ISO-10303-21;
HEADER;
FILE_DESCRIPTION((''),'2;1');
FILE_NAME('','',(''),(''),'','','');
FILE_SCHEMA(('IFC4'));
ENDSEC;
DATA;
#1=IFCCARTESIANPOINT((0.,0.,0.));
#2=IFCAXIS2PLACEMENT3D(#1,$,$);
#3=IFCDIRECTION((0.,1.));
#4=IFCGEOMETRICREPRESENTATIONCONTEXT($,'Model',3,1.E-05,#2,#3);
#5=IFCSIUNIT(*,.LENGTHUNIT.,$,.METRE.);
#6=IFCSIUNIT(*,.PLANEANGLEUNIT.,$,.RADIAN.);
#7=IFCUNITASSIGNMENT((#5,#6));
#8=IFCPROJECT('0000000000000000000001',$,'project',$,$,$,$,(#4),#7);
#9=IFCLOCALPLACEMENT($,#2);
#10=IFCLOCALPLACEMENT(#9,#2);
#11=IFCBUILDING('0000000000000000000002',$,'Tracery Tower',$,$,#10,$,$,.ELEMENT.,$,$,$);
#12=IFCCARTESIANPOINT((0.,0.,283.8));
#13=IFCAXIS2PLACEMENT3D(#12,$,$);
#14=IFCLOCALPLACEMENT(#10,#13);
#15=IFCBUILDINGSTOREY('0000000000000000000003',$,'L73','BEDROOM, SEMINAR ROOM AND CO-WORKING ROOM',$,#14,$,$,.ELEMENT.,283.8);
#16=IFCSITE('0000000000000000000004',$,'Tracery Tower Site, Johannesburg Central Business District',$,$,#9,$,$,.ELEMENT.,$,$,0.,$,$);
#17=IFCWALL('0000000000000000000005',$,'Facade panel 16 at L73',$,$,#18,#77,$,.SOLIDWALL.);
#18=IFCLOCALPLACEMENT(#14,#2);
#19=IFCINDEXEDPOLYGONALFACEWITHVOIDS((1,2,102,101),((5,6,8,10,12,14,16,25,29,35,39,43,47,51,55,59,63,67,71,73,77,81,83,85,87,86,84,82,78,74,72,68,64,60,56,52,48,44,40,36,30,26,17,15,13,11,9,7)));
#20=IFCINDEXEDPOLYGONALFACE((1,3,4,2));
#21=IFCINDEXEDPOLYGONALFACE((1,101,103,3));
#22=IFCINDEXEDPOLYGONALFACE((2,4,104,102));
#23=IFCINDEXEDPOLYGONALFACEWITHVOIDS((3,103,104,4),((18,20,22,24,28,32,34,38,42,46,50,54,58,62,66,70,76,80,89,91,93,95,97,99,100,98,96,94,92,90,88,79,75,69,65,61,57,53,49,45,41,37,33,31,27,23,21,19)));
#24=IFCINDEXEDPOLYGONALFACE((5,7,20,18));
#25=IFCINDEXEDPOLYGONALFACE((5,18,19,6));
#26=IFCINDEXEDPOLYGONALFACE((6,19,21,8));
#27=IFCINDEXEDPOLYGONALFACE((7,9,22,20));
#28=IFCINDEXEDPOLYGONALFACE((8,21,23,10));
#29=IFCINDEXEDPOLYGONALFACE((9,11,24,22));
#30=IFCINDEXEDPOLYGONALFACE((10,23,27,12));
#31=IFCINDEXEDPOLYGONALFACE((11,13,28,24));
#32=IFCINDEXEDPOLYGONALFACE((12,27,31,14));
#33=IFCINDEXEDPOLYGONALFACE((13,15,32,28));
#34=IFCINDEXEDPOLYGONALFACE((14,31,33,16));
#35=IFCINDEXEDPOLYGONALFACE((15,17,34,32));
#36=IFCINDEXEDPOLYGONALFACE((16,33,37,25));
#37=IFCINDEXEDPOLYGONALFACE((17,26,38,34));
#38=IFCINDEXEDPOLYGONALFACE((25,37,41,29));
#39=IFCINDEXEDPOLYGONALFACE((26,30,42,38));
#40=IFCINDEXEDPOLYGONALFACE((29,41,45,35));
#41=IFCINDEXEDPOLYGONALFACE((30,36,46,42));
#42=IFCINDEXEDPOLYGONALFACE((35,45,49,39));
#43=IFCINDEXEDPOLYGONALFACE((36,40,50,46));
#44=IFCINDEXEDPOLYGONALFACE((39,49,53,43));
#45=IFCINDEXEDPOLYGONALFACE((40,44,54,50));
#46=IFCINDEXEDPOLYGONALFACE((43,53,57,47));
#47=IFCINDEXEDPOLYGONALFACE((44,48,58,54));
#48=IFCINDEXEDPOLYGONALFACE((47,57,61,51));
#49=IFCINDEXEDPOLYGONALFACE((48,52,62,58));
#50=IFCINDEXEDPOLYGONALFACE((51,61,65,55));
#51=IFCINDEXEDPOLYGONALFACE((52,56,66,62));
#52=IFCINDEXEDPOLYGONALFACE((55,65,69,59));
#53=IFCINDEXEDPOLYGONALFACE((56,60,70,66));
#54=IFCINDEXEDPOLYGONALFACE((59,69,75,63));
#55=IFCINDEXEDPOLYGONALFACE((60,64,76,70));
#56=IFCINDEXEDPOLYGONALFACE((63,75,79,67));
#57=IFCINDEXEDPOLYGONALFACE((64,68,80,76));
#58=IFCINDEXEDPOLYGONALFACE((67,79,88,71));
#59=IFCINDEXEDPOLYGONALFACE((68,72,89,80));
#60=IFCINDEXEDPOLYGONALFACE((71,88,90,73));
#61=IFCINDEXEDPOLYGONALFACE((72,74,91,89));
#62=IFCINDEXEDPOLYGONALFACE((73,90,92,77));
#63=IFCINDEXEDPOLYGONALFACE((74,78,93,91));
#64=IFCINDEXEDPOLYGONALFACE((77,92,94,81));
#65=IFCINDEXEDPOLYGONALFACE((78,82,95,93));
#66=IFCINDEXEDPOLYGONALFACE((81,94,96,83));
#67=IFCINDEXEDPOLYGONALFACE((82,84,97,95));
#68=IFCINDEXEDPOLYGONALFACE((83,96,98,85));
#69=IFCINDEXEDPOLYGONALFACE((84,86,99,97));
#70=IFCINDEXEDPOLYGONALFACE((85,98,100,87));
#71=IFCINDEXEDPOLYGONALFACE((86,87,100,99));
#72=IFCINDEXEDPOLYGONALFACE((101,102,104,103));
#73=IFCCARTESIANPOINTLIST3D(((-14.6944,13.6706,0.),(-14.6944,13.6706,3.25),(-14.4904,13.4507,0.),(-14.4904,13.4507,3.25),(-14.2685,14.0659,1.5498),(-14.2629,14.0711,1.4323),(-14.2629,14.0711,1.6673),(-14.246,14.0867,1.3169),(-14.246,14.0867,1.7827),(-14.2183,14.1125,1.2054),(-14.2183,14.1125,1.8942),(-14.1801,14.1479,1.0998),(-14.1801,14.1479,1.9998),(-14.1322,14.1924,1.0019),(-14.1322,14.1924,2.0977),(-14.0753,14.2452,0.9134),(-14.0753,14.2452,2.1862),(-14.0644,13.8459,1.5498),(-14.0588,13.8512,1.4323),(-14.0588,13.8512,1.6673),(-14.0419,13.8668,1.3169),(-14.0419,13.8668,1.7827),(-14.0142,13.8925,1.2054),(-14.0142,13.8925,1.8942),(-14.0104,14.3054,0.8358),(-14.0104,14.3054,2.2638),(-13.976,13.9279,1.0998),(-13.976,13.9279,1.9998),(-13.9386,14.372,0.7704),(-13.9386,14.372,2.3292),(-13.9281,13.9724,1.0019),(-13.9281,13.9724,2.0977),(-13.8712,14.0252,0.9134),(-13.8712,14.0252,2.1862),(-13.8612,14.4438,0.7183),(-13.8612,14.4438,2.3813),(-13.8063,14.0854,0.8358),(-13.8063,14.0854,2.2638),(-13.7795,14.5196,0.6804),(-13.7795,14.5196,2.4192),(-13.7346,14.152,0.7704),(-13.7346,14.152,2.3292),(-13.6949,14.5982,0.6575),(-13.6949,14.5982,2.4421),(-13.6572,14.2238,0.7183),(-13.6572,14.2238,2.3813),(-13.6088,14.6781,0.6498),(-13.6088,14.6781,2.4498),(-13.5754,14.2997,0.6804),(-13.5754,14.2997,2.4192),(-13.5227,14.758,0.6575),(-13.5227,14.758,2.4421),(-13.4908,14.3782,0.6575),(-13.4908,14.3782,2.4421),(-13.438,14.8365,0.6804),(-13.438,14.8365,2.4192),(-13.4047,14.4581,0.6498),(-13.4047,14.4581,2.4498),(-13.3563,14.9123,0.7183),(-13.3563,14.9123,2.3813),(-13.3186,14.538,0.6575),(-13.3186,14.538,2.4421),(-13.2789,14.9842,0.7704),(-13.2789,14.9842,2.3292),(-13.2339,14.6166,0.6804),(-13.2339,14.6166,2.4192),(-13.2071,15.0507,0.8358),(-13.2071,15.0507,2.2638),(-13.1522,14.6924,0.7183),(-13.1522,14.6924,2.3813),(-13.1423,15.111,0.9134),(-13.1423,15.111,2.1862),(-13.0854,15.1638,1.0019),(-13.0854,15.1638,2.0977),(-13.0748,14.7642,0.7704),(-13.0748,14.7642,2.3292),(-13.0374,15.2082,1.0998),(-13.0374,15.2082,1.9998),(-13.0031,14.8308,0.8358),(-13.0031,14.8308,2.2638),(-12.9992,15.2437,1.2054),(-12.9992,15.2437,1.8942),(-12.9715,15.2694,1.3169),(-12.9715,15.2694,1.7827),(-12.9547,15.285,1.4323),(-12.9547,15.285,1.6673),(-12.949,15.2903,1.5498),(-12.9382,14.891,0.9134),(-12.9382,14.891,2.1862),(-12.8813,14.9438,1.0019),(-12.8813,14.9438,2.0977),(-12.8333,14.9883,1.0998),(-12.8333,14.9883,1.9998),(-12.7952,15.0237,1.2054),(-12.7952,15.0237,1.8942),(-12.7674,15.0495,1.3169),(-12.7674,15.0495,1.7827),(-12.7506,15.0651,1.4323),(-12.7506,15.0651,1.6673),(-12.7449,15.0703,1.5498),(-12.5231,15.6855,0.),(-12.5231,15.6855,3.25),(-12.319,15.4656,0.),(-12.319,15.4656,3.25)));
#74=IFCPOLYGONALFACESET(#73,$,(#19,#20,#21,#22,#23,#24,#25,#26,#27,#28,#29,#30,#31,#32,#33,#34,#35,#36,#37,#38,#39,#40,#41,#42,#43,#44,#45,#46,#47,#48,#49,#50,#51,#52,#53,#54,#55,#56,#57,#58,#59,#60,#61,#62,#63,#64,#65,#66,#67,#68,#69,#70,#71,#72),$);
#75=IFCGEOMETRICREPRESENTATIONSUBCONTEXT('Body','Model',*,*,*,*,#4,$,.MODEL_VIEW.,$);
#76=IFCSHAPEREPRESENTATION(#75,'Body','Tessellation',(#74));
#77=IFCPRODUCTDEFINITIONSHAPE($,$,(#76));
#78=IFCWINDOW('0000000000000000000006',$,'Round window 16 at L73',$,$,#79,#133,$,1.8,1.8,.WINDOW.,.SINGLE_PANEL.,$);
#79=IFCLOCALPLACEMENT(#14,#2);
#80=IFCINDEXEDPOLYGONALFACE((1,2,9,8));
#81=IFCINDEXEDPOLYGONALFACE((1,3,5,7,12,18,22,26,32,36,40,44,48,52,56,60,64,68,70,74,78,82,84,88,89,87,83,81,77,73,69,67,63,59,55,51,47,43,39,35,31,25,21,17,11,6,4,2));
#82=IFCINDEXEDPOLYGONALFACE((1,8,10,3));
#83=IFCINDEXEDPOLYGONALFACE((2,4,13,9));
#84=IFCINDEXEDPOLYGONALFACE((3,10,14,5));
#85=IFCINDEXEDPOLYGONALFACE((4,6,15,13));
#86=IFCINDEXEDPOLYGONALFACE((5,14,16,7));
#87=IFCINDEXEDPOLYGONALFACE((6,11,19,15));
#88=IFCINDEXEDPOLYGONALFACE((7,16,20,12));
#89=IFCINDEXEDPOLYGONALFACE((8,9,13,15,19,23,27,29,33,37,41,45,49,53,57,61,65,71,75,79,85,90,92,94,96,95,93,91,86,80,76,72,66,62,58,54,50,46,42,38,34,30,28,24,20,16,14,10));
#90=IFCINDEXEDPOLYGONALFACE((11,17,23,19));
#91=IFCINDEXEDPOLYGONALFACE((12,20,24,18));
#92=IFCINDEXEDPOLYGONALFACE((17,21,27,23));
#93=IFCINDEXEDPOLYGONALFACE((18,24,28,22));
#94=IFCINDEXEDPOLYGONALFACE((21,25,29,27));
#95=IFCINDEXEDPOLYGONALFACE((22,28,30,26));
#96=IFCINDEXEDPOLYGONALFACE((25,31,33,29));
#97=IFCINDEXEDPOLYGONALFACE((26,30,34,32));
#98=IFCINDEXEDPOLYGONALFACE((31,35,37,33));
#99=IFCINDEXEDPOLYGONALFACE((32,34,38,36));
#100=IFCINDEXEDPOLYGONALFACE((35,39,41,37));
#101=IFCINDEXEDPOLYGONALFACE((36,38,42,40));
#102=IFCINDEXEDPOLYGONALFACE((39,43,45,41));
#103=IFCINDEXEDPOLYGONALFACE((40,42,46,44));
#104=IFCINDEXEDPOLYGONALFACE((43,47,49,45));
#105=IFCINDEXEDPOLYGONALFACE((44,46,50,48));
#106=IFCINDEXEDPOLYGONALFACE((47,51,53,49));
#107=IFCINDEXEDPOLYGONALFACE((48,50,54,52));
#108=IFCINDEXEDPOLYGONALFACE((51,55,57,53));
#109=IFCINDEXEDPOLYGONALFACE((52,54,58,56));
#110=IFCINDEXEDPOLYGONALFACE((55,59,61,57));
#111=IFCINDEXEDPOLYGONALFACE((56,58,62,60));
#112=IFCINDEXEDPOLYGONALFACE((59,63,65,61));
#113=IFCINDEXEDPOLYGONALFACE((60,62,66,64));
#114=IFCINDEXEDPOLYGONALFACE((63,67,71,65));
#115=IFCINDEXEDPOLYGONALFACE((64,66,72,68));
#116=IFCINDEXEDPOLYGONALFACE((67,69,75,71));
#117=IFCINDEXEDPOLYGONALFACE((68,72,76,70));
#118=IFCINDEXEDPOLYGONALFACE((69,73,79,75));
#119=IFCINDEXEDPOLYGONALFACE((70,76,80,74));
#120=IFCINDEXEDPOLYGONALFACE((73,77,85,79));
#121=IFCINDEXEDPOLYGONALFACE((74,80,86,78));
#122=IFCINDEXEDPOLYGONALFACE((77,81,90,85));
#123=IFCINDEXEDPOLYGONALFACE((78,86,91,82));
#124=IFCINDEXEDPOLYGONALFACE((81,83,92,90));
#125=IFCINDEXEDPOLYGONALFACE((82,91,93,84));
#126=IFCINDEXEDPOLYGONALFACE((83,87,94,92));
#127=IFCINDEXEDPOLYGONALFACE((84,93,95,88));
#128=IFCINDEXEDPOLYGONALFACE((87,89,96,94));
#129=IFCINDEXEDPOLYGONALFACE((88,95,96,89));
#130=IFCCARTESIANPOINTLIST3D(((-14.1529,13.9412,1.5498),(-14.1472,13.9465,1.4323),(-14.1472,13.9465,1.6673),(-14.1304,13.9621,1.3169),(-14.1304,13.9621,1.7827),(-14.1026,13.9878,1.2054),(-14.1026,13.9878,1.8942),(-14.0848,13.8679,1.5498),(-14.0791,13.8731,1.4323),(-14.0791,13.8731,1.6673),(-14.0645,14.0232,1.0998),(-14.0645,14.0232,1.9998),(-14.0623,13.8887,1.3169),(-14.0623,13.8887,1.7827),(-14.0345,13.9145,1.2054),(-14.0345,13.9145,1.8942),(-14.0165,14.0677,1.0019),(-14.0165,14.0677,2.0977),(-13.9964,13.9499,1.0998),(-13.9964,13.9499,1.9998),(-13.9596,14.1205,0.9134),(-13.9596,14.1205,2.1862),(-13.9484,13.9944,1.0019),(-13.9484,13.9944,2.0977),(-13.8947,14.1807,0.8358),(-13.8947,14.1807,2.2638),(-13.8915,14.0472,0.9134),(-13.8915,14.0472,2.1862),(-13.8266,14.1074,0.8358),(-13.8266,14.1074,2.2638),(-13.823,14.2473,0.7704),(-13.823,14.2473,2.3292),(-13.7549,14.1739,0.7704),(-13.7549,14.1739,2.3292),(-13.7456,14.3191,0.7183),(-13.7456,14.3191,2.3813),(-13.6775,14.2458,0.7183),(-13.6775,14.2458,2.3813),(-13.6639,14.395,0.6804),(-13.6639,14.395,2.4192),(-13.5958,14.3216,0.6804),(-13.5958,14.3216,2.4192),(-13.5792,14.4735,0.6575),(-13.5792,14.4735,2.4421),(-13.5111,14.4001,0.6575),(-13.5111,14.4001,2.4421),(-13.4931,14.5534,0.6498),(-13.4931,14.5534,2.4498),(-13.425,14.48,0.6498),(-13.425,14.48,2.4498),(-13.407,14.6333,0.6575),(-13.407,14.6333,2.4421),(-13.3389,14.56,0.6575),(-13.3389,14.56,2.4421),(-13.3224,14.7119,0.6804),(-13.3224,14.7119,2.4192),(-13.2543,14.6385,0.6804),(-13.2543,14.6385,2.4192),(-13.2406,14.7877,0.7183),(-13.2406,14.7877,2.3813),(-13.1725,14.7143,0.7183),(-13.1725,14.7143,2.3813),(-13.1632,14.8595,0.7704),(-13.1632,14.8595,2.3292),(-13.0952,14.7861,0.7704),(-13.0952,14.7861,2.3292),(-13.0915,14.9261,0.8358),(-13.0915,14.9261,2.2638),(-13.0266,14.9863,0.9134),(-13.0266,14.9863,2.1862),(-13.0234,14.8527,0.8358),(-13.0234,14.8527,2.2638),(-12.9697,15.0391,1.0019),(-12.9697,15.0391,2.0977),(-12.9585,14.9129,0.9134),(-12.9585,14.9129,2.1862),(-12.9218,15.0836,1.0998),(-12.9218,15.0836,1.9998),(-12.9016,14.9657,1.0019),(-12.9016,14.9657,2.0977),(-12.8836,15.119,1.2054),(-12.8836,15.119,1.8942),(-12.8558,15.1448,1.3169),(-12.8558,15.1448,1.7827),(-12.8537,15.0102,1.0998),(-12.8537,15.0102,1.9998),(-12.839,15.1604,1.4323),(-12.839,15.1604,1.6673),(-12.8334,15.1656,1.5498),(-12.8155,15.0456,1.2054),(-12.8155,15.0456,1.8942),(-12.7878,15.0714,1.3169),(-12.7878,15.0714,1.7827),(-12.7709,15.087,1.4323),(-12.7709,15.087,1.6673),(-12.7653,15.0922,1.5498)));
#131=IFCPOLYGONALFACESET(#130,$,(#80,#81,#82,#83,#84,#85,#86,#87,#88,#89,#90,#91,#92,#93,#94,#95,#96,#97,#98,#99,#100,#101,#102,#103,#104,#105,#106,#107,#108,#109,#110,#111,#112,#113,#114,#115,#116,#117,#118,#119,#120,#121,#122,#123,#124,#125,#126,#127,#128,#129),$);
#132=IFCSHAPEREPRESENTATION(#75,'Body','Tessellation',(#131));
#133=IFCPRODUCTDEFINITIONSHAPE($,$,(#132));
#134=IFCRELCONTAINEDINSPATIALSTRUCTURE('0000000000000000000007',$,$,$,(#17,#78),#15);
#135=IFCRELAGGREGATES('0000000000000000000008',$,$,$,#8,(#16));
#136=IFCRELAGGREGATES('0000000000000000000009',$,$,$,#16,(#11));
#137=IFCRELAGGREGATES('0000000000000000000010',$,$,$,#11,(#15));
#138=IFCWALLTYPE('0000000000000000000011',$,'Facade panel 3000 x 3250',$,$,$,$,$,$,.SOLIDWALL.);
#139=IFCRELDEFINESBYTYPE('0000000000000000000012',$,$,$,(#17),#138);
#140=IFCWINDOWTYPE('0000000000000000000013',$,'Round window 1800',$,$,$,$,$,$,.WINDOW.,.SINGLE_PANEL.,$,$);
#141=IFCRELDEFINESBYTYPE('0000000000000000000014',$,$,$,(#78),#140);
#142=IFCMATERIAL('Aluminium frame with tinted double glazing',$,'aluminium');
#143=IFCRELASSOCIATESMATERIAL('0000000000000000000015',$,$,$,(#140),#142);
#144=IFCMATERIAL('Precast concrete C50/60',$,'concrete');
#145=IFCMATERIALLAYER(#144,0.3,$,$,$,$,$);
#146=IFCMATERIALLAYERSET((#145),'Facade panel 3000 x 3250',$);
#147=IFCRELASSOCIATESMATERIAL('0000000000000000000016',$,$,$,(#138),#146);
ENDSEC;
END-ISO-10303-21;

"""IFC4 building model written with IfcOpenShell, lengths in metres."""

from ifc_helpers import new_model, si_unit, direction, frame, frame_2d, origin, origin_2d, place, context, subcontext, project, spatial, rectangle, circle, extrude, material, layer, layer_set, type_object, element, fill, save


model = new_model("IFC4")

# Units and contexts
model_context = context("Model", 3, precision=1e-05, world=origin(), true_north=direction((0.0, 1.0)))
body_context = subcontext(model_context, "Body", "Model", "MODEL_VIEW")
ifc_project = project(units=[si_unit("LENGTHUNIT", "METRE"), si_unit("PLANEANGLEUNIT", "RADIAN")], contexts=[model_context])

# Site, building, storey
site_placement = place(None, origin())
site = spatial("IfcSite", under=ifc_project, at=site_placement, Name="Tracery Tower Site, Johannesburg Central Business District", CompositionType="ELEMENT", RefElevation=0.0)
building_placement = place(site_placement, origin())
building = spatial("IfcBuilding", under=site, at=building_placement, Name="Tracery Tower", CompositionType="ELEMENT")
storey_placement = place(building_placement, frame((0.0, 0.0, 283.8)))
storey = spatial("IfcBuildingStorey", under=building, at=storey_placement, Name="L73", Description="BEDROOM, SEMINAR ROOM AND CO-WORKING ROOM", CompositionType="ELEMENT", Elevation=283.8)

# Wall, opening, window
ifc_material_1 = material(Name="Aluminium frame with tinted double glazing", Category="aluminium")
window_type = type_object("IfcWindowType", Name="Round window 1800", PartitioningType="SINGLE_PANEL", PredefinedType="WINDOW", material=ifc_material_1)
ifc_material_2 = material(Name="Precast concrete C50/60", Category="concrete")
ifc_layer_1 = layer(ifc_material_2, 0.3)
ifc_layer_set_1 = layer_set([ifc_layer_1], Name="Facade panel 3000 x 3250")
wall_type_1 = type_object("IfcWallType", Name="Facade panel 3000 x 3250", PredefinedType="SOLIDWALL", material=ifc_layer_set_1)
wall_1_placement = place(storey_placement, frame((-12.4211, 15.5754, 0.0), z_axis=(0.0, 0.0, 1.0), x_axis=(-0.733028, -0.680198, 0.0)))
wall_1 = element("IfcWall", 1, at=wall_1_placement, inside=storey, type_object=wall_type_1, Name="Facade panel 16 at L73", PredefinedType="SOLIDWALL", context=body_context, shape_type="SweptSolid", body=[
    extrude(rectangle(XDim=2.9622, YDim=0.3, at=frame_2d((1.481, 0.0))), origin(), (0.0, 0.0, 1.0), 3.25),
])
opening_1_placement = place(wall_1_placement, frame((1.481, 0.0, 1.5498)))
opening_1 = element("IfcOpeningElement", 2, at=opening_1_placement, cuts=wall_1, PredefinedType="OPENING", context=body_context, shape_type="SweptSolid", body=[
    extrude(circle(Radius=0.9, at=origin_2d()), frame((0.0, 0.1599, 0.0), z_axis=(0.0, -1.0, 0.0), x_axis=(1.0, 0.0, 0.0)), (0.0, 0.0, 1.0), 0.3201),
])
window_1_placement = place(opening_1_placement, origin())
window_1 = element("IfcWindow", 3, at=window_1_placement, inside=storey, type_object=window_type, Name="Round window 16 at L73", OverallHeight=1.8, OverallWidth=1.8, PartitioningType="SINGLE_PANEL", PredefinedType="WINDOW", context=body_context, shape_type="SweptSolid", body=[
    extrude(circle(Radius=0.9, at=origin_2d()), frame((0.0, 0.1201, 0.0), z_axis=(0.0, -1.0, 0.0), x_axis=(1.0, 0.0, 0.0)), (0.0, 0.0, 1.0), 0.1001),
])
fill(opening_1, window_1)

save(model, "model.ifc")
